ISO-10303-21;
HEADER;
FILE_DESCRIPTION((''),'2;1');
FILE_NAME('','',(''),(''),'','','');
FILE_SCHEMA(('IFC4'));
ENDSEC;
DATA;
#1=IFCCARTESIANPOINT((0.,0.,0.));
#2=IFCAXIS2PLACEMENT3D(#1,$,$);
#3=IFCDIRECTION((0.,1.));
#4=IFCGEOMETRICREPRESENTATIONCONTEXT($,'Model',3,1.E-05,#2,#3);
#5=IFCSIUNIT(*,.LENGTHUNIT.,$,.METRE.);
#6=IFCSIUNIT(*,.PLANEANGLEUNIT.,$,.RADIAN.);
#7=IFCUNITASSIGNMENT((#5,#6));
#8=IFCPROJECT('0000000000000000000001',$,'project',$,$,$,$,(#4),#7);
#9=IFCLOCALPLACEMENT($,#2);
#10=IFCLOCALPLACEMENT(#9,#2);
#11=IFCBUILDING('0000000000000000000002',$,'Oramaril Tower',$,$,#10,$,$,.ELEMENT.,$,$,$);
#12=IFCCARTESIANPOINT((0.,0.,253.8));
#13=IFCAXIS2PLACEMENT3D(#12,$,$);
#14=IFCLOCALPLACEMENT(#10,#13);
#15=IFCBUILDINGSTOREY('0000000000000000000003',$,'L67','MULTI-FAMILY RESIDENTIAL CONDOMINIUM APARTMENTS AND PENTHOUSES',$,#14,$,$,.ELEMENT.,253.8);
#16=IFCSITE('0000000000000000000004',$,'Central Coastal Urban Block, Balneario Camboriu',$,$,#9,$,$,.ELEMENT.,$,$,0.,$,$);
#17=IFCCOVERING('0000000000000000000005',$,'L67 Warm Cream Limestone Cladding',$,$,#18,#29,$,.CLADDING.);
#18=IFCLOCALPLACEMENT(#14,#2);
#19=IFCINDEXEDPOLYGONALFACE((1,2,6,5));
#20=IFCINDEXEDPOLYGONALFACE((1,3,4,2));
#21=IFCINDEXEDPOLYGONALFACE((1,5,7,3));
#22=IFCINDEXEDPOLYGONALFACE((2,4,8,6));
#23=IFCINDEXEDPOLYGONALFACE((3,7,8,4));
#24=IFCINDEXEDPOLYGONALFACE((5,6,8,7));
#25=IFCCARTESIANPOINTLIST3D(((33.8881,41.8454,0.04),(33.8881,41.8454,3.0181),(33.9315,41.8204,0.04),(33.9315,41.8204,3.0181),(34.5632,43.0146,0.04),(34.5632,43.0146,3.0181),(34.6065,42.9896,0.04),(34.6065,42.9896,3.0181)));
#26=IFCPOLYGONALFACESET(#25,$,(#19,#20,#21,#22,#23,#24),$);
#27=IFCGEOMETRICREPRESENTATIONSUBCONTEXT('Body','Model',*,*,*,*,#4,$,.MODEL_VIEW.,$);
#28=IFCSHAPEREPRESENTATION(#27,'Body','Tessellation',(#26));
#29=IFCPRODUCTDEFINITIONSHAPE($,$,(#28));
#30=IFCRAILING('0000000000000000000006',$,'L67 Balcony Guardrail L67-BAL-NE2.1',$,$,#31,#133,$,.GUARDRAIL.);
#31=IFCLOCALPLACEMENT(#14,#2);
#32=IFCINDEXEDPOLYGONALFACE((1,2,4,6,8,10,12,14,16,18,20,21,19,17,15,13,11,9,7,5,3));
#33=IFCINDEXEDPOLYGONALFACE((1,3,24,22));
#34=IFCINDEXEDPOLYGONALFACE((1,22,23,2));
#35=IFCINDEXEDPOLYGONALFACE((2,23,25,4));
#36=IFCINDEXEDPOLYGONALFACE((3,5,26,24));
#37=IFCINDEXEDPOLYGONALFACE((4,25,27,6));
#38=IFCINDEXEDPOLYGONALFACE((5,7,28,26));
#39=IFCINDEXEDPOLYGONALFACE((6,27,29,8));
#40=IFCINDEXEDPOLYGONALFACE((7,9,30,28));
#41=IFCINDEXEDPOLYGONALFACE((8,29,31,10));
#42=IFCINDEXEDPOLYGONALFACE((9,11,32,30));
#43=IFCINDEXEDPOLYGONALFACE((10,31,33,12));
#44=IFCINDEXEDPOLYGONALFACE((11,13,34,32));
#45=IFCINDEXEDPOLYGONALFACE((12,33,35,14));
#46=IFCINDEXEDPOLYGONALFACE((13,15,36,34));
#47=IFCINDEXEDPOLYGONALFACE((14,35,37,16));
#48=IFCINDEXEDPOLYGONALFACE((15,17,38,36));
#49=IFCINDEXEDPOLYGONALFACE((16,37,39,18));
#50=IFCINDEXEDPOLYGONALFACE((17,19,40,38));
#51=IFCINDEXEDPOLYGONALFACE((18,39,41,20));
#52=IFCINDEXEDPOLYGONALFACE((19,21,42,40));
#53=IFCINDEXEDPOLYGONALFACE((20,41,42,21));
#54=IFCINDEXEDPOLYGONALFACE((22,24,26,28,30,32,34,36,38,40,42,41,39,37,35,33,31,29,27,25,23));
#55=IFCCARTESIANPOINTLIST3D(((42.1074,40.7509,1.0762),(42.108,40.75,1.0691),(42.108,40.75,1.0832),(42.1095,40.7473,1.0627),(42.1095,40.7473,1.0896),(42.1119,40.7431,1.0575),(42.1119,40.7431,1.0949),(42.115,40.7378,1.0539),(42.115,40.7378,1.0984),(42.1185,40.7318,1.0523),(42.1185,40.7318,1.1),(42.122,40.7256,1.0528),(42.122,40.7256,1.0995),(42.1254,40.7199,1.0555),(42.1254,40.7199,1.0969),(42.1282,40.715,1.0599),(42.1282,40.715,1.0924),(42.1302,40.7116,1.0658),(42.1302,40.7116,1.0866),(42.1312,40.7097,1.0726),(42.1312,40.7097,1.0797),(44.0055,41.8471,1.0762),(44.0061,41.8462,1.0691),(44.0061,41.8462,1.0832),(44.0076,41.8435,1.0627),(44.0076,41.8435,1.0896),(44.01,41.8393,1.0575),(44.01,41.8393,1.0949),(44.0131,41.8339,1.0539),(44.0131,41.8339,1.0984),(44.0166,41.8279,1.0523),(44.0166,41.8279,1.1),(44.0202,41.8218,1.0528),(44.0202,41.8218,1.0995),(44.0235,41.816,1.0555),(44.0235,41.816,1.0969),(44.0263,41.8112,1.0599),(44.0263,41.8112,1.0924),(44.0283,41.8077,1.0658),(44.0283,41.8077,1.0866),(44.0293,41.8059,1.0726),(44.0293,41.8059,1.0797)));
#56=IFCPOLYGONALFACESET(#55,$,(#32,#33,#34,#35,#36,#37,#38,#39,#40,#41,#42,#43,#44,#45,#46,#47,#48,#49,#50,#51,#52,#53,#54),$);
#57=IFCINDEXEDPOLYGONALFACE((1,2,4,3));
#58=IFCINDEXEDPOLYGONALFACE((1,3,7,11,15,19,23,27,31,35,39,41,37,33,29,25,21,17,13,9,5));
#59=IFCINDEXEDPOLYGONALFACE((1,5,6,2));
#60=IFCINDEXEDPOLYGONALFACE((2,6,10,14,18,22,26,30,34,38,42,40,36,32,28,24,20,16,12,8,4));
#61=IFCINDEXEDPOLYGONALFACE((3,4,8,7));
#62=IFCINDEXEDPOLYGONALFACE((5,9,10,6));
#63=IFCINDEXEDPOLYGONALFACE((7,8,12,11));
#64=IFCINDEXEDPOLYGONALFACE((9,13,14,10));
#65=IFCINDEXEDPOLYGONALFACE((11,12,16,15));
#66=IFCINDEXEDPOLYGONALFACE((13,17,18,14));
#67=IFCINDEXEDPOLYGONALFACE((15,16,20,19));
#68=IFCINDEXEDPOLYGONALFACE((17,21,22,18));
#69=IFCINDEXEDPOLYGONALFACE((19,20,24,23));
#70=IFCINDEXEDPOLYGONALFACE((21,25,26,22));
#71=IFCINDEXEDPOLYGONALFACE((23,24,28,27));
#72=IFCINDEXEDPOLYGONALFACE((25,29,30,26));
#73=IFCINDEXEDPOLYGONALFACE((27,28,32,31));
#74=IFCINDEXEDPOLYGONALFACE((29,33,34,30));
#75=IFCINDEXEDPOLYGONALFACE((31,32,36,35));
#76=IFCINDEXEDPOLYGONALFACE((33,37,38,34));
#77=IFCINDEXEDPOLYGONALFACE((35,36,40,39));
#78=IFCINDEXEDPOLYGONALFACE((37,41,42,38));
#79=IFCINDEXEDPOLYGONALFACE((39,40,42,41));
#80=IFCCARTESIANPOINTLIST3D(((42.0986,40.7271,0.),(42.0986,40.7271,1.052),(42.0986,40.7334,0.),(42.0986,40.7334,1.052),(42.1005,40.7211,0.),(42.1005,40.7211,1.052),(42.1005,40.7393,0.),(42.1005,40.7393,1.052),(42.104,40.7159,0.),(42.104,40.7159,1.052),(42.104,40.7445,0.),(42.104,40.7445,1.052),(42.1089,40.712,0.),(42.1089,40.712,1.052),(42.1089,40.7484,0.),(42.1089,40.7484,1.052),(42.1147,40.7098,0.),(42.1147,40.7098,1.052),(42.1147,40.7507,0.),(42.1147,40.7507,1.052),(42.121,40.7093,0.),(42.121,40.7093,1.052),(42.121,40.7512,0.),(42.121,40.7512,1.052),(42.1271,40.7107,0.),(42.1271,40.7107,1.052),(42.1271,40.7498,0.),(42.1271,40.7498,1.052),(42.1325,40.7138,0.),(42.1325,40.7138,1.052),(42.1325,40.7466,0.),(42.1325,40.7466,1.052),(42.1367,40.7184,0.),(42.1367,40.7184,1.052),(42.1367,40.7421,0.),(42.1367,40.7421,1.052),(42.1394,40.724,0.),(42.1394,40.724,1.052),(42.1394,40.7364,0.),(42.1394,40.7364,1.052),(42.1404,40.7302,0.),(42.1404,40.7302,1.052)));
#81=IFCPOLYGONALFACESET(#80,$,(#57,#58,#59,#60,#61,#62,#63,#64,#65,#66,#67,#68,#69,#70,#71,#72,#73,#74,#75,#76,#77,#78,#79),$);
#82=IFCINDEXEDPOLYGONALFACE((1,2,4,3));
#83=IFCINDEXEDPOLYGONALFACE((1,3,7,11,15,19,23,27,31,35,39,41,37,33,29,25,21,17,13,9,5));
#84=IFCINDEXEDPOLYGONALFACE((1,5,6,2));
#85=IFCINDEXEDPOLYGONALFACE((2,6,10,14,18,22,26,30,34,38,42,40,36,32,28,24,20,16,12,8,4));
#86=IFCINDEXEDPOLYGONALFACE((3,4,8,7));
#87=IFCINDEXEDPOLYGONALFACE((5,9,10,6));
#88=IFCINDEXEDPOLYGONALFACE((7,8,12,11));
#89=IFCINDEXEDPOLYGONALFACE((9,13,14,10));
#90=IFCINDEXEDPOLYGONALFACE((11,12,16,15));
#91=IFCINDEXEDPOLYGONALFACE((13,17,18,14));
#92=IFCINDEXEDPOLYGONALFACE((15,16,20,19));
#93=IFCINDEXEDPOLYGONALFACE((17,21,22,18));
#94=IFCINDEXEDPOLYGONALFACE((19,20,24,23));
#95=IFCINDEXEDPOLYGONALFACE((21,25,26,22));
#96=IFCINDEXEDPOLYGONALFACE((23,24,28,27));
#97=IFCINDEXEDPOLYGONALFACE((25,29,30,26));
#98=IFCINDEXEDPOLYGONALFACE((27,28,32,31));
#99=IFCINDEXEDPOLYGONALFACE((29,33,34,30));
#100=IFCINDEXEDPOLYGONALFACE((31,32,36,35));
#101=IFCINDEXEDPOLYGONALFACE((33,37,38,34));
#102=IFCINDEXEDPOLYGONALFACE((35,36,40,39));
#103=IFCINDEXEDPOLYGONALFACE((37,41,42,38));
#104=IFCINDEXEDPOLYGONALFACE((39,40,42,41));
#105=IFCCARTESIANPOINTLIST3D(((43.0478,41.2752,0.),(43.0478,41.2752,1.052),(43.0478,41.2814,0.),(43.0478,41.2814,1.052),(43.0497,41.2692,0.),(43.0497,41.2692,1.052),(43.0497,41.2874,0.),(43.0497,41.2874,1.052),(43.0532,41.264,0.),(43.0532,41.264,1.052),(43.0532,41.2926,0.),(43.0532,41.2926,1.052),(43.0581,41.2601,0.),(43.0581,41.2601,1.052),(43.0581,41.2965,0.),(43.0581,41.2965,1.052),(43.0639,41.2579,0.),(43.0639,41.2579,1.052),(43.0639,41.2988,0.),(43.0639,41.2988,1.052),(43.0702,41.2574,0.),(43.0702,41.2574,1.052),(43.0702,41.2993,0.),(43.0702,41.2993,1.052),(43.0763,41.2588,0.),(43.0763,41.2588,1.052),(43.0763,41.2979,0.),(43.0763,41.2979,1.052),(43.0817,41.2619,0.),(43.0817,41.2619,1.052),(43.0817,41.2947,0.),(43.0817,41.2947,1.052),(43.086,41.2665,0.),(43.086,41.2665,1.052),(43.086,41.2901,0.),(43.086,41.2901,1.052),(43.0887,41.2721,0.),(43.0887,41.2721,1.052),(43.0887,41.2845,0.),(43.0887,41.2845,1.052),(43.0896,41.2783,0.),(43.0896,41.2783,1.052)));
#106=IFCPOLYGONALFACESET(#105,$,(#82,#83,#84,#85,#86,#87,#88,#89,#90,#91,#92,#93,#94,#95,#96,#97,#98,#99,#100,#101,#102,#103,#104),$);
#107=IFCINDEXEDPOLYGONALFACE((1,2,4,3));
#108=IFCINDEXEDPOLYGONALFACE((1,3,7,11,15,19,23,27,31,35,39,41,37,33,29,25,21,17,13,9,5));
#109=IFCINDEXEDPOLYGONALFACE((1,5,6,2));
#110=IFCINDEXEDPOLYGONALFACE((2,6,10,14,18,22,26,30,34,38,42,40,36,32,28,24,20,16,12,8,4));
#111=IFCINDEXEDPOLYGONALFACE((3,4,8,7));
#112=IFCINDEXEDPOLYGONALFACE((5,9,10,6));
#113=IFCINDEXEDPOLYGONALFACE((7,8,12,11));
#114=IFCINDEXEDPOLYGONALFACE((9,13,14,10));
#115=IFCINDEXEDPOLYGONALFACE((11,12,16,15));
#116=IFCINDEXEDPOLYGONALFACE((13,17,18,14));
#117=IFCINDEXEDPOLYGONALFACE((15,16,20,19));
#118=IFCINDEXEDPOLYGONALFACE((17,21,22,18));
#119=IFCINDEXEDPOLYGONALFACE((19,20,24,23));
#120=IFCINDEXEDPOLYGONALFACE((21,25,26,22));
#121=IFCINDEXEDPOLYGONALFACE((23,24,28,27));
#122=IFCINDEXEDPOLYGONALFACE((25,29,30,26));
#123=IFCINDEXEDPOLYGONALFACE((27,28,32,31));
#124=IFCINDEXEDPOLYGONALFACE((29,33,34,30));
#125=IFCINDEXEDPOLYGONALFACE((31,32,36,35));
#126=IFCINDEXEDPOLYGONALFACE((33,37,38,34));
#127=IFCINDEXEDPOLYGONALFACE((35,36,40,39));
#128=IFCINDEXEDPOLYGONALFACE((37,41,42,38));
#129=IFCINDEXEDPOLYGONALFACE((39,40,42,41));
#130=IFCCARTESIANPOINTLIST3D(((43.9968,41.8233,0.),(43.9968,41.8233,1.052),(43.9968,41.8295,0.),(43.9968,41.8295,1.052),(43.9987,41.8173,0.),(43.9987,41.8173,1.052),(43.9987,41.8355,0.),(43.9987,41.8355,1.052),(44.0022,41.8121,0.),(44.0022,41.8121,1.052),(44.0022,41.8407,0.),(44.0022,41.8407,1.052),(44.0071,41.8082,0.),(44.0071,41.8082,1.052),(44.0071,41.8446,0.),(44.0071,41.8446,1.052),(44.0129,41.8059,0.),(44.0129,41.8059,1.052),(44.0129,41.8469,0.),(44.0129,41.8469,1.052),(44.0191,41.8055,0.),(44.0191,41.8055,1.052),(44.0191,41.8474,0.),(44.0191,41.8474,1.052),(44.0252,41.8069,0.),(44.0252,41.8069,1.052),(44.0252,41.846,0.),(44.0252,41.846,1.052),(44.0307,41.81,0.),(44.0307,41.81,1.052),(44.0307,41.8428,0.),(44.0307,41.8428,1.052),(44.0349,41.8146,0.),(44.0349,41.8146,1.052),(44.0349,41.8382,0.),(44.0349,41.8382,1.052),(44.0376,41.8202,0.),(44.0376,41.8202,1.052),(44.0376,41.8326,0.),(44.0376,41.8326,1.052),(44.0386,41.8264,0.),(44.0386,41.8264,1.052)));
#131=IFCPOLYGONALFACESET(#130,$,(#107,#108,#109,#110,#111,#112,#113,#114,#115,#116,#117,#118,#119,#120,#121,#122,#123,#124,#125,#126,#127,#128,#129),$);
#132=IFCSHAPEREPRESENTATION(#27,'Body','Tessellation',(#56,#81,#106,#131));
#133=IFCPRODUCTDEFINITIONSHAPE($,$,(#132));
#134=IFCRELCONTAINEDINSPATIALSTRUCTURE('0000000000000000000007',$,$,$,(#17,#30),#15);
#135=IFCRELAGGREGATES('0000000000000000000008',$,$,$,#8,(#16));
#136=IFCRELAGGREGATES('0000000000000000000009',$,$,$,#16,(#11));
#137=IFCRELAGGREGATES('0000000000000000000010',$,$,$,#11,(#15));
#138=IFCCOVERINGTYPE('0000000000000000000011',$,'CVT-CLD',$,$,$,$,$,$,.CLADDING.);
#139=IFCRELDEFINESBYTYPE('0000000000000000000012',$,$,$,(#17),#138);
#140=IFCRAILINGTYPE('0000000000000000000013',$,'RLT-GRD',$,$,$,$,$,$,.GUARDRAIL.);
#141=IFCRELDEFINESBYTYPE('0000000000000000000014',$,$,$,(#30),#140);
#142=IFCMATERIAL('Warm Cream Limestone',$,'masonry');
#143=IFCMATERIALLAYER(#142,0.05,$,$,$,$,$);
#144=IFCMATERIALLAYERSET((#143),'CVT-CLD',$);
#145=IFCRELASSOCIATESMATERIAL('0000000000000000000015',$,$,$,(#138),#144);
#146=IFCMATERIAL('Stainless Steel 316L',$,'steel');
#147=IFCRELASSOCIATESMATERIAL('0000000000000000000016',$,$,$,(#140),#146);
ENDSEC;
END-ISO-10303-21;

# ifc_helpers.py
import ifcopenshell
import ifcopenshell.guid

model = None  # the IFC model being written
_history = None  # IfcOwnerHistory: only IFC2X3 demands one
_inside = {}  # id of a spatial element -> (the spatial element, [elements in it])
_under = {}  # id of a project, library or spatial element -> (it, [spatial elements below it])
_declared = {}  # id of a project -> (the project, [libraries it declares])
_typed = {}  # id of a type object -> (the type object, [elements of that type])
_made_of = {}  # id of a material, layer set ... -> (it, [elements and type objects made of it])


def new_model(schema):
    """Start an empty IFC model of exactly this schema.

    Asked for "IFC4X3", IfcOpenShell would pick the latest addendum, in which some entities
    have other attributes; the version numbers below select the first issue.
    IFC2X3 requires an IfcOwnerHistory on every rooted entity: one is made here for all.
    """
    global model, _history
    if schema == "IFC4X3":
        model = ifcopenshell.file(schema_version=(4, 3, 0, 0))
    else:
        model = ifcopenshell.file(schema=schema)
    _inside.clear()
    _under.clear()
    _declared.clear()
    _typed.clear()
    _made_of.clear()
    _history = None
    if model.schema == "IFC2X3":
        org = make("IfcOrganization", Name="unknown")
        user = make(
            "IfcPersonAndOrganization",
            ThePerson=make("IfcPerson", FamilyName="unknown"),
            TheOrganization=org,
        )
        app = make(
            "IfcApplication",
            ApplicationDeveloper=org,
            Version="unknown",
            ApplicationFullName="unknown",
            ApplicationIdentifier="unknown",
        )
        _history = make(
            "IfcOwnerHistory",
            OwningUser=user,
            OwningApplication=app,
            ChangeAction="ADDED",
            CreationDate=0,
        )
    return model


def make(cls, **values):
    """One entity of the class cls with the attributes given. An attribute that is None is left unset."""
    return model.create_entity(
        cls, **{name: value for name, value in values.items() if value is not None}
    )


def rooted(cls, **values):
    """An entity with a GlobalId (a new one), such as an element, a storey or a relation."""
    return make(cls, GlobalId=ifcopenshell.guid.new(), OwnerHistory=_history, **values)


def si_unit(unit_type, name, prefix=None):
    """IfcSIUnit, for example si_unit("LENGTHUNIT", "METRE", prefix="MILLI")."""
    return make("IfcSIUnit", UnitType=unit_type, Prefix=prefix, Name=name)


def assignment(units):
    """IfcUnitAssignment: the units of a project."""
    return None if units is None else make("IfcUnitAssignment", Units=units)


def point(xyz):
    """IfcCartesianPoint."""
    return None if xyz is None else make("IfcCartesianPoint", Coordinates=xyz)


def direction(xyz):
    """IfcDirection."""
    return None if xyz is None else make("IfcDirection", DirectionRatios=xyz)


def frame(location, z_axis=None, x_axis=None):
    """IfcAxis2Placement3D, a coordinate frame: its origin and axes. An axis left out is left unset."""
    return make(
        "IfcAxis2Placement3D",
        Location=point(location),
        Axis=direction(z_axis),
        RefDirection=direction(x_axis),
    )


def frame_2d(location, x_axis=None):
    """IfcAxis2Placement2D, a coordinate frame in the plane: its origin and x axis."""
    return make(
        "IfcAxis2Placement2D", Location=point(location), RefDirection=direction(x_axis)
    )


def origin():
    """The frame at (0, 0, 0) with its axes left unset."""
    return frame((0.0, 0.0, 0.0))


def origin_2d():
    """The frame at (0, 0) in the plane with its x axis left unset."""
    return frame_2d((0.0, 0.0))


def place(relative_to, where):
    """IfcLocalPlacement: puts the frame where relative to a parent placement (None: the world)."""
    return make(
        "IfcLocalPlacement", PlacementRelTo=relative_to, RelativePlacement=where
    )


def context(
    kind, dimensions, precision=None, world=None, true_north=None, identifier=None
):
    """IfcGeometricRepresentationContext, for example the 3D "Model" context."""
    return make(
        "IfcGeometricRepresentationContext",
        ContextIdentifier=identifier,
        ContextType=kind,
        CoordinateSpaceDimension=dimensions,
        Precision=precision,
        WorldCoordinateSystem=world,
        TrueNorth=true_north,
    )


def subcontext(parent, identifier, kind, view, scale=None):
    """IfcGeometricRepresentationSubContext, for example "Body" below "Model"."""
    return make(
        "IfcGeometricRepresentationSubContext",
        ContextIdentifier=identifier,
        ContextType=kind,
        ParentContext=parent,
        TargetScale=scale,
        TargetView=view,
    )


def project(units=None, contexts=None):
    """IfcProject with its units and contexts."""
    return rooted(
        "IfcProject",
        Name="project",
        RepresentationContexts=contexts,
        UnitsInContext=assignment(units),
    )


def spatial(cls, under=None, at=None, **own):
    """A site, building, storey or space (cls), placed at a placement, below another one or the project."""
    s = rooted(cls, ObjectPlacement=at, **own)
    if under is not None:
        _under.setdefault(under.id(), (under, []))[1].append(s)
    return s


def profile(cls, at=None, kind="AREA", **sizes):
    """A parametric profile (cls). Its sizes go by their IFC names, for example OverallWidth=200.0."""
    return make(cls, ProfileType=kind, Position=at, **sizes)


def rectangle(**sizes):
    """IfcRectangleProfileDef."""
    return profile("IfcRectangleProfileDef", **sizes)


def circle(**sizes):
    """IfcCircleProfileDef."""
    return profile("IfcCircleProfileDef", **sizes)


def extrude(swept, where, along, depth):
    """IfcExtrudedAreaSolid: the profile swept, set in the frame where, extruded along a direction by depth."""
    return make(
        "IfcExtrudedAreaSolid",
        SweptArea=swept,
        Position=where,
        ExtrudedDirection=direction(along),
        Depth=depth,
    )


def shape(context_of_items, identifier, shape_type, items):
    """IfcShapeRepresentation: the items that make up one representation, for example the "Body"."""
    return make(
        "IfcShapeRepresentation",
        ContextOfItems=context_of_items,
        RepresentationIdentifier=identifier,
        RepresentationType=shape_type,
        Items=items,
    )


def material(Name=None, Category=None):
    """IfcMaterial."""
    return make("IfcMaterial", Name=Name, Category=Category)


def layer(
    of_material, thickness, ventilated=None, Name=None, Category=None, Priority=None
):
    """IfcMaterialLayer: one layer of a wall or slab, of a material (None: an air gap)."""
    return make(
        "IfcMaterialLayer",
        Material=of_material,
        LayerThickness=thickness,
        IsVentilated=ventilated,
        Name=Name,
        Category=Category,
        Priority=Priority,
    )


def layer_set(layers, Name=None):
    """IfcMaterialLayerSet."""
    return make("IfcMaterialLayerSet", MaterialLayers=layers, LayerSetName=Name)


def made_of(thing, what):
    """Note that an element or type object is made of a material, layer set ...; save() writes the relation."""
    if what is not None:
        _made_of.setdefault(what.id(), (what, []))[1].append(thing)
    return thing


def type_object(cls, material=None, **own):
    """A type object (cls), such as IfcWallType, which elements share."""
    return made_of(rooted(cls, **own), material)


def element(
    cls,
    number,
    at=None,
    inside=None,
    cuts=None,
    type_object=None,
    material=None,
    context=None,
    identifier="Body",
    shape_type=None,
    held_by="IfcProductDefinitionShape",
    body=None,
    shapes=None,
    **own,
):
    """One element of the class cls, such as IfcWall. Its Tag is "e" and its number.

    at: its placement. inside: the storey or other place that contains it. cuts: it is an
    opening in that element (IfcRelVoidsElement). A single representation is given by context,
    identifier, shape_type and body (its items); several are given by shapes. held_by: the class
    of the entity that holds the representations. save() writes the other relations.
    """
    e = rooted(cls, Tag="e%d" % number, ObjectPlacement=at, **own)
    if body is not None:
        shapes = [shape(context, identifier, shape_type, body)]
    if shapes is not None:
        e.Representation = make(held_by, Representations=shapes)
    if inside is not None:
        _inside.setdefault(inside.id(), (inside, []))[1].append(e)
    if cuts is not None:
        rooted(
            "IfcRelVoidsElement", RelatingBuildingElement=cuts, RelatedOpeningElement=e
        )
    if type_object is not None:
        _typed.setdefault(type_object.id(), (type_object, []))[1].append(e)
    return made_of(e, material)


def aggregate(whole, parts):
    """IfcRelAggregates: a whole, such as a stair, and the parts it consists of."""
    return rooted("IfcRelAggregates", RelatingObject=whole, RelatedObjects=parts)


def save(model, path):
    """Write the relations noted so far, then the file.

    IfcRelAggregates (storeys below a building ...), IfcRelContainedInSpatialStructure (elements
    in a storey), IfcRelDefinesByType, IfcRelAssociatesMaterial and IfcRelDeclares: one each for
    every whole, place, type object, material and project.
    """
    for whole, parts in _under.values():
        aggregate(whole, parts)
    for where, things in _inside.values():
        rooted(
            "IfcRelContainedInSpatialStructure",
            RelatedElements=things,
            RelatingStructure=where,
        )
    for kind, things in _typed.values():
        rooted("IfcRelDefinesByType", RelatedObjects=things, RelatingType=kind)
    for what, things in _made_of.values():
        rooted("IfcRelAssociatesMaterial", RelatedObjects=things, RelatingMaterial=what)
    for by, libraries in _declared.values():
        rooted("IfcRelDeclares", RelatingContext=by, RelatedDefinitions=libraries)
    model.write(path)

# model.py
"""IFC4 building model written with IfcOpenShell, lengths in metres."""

from ifc_helpers import new_model, si_unit, direction, frame, origin, origin_2d, place, context, subcontext, project, spatial, rectangle, circle, extrude, material, layer, layer_set, type_object, element, save


model = new_model("IFC4")

# Units and contexts
model_context = context("Model", 3, precision=1e-05, world=origin(), true_north=direction((0.0, 1.0)))
body_context = subcontext(model_context, "Body", "Model", "MODEL_VIEW")
ifc_project = project(units=[si_unit("LENGTHUNIT", "METRE"), si_unit("PLANEANGLEUNIT", "RADIAN")], contexts=[model_context])

# Site, building, storey
site_placement = place(None, origin())
site = spatial("IfcSite", under=ifc_project, at=site_placement, Name="Central Coastal Urban Block, Balneario Camboriu", CompositionType="ELEMENT", RefElevation=0.0)
building_placement = place(site_placement, origin())
building = spatial("IfcBuilding", under=site, at=building_placement, Name="Oramaril Tower", CompositionType="ELEMENT")
storey_placement = place(building_placement, frame((0.0, 0.0, 253.8)))
storey = spatial("IfcBuildingStorey", under=building, at=storey_placement, Name="L67", Description="MULTI-FAMILY RESIDENTIAL CONDOMINIUM APARTMENTS AND PENTHOUSES", CompositionType="ELEMENT", Elevation=253.8)

# Covering
ifc_material_1 = material(Name="Warm Cream Limestone", Category="masonry")
ifc_layer_1 = layer(ifc_material_1, 0.05)
ifc_layer_set_1 = layer_set([ifc_layer_1], Name="CVT-CLD")
covering_type = type_object("IfcCoveringType", Name="CVT-CLD", PredefinedType="CLADDING", material=ifc_layer_set_1)
covering_1_placement = place(storey_placement, frame((34.2473, 42.4175, 0.04), z_axis=(0.0, 0.0, 1.0), x_axis=(-0.500002, -0.866025, 0.0)))
element("IfcCovering", 1, at=covering_1_placement, inside=storey, type_object=covering_type, Name="L67 Warm Cream Limestone Cladding", PredefinedType="CLADDING", context=body_context, shape_type="SweptSolid", body=[
    extrude(rectangle(XDim=1.3501, YDim=0.05, at=origin_2d()), origin(), (0.0, 0.0, 1.0), 2.978),
])

# Railing
ifc_material_2 = material(Name="Stainless Steel 316L", Category="steel")
railing_type = type_object("IfcRailingType", Name="RLT-GRD", PredefinedType="GUARDRAIL", material=ifc_material_2)
railing_1_placement = place(storey_placement, frame((42.1194, 40.7302, 0.0)))
element("IfcRailing", 2, at=railing_1_placement, inside=storey, type_object=railing_type, Name="L67 Balcony Guardrail L67-BAL-NE2.1", PredefinedType="GUARDRAIL", context=body_context, shape_type="SweptSolid", body=[
    extrude(circle(Radius=0.0239, at=origin_2d()), frame((0.0, 0.0, 1.0762), z_axis=(0.865972, 0.500092, 0.0), x_axis=(-0.500092, 0.865972, 0.0)), (0.0, 0.0, 1.0), 2.1919),
    extrude(circle(Radius=0.021, at=origin_2d()), origin(), (0.0, 0.0, 1.0), 1.052),
    extrude(circle(Radius=0.021, at=origin_2d()), frame((0.9492, 0.5481, 0.0)), (0.0, 0.0, 1.0), 1.052),
    extrude(circle(Radius=0.021, at=origin_2d()), frame((1.8982, 1.0962, 0.0)), (0.0, 0.0, 1.0), 1.052),
])

save(model, "model.ifc")
